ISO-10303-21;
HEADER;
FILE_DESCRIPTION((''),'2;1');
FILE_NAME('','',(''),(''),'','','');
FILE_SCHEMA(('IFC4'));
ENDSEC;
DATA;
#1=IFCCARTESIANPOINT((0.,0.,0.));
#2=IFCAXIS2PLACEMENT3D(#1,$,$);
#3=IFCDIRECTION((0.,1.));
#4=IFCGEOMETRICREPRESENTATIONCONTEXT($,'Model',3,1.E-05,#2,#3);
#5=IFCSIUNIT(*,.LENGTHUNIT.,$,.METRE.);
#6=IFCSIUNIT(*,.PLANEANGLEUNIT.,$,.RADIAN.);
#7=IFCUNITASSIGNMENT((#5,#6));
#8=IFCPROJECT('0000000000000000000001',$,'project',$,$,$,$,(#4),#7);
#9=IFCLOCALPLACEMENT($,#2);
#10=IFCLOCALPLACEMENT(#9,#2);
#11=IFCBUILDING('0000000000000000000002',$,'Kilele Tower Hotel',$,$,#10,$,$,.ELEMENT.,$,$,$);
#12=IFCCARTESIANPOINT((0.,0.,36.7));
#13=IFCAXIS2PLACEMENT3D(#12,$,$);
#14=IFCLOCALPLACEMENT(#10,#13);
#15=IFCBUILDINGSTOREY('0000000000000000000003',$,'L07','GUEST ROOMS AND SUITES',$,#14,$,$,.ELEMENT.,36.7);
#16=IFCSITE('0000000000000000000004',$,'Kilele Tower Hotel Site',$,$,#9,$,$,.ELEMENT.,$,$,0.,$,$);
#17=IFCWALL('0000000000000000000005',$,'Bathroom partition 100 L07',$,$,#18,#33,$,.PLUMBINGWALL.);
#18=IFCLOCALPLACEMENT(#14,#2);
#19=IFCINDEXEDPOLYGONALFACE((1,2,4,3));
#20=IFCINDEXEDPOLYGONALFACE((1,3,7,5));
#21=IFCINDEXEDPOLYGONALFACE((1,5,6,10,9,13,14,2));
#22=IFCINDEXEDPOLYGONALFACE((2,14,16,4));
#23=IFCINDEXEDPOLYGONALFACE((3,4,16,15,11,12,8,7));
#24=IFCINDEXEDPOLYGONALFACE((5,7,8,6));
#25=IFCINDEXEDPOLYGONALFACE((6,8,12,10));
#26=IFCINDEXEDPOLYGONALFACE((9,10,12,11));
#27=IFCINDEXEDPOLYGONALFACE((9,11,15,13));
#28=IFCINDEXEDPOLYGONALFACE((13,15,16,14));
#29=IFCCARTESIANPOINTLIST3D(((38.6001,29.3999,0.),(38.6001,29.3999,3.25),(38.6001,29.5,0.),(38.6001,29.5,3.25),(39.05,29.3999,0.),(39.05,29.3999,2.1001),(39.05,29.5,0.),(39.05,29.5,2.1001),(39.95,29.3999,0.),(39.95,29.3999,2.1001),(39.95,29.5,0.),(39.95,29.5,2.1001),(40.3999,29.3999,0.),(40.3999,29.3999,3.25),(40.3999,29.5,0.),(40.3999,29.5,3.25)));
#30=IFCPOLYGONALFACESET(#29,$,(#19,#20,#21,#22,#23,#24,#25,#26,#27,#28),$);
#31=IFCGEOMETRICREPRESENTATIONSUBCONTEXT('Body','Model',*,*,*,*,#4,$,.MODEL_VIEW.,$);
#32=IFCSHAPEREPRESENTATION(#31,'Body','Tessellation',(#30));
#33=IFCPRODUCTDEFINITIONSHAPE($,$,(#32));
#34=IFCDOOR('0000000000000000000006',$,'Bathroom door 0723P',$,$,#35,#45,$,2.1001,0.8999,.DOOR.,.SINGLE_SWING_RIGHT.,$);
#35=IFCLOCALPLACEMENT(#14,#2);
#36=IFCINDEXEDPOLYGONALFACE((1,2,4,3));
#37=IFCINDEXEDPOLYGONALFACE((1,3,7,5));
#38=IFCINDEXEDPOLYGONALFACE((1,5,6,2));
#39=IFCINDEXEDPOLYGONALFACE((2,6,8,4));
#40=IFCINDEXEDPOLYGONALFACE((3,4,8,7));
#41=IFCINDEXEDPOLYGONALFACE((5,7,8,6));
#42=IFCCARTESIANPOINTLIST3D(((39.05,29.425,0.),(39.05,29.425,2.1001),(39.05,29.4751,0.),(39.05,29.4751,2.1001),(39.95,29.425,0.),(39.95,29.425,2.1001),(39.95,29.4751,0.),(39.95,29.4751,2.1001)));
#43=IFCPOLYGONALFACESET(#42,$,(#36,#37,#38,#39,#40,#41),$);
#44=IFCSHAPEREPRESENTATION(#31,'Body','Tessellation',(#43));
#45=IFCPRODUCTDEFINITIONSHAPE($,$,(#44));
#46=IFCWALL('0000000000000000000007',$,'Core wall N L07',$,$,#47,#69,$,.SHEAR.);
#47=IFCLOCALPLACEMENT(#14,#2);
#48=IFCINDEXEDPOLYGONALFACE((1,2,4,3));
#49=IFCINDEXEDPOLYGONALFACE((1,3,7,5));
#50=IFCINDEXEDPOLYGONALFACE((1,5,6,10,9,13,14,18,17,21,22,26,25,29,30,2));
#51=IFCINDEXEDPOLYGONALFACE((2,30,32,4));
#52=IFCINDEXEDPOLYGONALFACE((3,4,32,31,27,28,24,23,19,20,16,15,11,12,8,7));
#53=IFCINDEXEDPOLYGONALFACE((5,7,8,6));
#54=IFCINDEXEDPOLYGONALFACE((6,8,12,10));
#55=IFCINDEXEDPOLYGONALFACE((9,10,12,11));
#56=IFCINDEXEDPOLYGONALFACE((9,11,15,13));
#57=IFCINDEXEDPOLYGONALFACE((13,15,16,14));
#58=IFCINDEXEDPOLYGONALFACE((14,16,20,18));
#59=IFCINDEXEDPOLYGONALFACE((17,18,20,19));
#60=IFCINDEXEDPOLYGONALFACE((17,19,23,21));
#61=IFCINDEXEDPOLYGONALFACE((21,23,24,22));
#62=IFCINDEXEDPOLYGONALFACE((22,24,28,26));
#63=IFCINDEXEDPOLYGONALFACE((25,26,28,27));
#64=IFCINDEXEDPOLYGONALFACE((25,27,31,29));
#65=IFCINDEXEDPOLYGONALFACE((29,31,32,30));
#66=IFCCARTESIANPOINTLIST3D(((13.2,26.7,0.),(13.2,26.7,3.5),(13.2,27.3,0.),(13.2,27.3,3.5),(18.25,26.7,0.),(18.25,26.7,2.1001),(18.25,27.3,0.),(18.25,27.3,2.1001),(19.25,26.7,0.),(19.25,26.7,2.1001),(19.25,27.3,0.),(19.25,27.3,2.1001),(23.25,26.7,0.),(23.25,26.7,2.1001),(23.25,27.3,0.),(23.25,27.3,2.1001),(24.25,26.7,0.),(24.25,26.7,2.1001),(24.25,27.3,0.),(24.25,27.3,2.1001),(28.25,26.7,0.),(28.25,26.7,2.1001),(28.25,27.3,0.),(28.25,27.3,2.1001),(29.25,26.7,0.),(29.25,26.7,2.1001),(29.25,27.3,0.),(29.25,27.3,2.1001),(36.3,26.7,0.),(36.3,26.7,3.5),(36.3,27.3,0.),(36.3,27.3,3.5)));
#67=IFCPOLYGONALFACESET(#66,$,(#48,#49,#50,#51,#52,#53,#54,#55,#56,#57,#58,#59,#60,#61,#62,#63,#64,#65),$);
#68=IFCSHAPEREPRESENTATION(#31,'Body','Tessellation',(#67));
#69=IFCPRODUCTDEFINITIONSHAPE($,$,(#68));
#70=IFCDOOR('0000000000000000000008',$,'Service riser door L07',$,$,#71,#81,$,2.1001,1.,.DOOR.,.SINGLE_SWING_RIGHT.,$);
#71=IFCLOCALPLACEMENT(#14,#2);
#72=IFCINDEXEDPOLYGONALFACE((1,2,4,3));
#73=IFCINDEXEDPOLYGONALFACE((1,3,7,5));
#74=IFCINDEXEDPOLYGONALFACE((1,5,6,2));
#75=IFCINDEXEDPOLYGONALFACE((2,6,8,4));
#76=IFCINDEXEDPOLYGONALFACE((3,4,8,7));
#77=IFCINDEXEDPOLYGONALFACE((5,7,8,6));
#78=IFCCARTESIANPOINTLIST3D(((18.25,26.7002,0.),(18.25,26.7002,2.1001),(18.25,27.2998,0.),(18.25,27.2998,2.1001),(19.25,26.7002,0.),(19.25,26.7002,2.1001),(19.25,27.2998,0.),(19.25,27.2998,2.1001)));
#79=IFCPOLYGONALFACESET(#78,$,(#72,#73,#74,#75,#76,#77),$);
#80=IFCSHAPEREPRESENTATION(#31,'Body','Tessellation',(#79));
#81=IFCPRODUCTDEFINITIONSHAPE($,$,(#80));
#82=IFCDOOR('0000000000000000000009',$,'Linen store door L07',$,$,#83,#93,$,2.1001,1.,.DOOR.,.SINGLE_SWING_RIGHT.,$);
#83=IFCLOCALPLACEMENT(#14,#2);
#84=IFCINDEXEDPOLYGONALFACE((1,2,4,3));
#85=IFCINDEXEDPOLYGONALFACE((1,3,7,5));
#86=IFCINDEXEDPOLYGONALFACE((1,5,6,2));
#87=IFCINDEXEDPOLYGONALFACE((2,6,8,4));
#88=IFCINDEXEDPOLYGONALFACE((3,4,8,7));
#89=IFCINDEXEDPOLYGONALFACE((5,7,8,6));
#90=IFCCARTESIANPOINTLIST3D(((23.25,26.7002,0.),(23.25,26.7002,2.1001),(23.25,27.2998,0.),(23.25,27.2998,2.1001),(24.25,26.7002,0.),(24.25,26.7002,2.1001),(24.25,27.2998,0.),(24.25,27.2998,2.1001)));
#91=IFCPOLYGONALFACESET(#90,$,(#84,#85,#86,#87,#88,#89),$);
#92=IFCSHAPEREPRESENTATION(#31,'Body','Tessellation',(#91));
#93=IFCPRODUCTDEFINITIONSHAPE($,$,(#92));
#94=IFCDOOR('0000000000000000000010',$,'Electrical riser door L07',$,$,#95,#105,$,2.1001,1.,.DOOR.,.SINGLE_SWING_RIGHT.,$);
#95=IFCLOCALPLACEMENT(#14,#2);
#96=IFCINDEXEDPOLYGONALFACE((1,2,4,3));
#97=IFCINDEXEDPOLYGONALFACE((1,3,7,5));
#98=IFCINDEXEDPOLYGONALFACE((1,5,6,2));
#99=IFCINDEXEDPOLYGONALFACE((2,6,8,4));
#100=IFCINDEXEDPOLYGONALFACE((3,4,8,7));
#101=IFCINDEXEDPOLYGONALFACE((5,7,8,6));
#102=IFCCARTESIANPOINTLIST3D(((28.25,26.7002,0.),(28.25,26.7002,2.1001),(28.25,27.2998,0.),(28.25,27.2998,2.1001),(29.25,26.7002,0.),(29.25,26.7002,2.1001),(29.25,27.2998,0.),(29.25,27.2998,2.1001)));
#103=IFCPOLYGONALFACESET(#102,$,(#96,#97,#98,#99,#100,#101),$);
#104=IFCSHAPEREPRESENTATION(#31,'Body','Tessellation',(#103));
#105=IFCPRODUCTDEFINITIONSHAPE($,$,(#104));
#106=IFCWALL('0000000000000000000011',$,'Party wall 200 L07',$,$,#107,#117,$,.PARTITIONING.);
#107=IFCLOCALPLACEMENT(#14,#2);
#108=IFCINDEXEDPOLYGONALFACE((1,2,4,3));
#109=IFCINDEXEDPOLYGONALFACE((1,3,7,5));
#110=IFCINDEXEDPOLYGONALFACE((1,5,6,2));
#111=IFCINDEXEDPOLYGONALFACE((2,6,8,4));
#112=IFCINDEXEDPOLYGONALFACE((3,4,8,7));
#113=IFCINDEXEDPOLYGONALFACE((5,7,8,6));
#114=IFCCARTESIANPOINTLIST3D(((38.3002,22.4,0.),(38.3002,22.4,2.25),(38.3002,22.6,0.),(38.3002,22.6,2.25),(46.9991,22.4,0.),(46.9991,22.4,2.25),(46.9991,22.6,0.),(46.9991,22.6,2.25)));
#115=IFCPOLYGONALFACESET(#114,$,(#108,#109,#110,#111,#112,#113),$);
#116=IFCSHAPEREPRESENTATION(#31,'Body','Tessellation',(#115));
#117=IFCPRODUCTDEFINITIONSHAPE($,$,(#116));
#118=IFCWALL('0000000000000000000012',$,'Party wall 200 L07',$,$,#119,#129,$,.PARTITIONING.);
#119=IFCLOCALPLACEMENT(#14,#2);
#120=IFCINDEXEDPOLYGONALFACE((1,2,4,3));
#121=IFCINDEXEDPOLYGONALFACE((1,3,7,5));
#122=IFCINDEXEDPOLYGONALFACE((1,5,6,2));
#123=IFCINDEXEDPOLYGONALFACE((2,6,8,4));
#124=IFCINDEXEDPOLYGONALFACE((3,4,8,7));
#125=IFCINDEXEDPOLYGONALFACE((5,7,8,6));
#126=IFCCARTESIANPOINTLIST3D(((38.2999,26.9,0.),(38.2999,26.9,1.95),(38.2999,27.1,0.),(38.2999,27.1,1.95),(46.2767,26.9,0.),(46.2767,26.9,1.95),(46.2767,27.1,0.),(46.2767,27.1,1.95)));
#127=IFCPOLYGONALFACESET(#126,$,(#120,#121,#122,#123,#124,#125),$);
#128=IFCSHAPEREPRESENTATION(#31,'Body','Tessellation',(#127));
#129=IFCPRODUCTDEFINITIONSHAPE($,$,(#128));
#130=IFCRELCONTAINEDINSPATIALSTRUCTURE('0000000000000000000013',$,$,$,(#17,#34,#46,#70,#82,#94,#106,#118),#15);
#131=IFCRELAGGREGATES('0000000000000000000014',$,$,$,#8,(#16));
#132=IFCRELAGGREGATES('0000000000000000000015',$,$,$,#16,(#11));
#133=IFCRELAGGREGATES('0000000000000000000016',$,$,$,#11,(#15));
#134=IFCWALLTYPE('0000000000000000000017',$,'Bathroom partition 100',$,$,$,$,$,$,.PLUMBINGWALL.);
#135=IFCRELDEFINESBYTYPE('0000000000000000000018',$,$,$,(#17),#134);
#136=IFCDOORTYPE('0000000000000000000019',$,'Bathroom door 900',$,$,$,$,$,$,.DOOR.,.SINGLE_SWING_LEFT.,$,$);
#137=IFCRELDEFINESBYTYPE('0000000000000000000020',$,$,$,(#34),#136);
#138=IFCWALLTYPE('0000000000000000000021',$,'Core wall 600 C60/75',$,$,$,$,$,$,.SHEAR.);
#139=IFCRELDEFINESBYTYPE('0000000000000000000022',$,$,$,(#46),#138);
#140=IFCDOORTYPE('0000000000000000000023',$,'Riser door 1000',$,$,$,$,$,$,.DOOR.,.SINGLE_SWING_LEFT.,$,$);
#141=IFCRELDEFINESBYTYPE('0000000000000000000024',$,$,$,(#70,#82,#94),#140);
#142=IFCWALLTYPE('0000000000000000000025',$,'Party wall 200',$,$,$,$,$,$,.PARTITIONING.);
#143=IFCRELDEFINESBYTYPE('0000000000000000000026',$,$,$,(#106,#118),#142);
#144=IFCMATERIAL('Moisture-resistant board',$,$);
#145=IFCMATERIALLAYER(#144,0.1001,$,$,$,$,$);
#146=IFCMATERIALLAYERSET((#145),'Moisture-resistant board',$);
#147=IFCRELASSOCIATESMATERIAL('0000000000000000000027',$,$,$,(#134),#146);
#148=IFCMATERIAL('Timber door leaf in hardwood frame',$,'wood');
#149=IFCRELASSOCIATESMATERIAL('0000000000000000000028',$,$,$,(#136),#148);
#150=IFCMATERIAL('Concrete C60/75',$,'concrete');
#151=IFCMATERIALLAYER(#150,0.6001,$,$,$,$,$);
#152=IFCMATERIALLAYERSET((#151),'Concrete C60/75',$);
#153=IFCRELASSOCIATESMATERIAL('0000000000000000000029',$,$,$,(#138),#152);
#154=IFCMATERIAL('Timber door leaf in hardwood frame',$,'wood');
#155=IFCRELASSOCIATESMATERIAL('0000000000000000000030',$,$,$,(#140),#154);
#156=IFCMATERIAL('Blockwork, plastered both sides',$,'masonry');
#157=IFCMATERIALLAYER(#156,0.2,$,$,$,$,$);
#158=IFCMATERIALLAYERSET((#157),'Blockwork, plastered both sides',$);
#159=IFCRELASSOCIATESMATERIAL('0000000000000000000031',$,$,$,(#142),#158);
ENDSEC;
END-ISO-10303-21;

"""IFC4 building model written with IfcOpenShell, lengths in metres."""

from ifc_helpers import new_model, si_unit, direction, frame, frame_2d, origin, place, context, subcontext, project, spatial, rectangle, extrude, material, layer, layer_set, type_object, element, fill, save


model = new_model("IFC4")

# Units and contexts
model_context = context("Model", 3, precision=1e-05, world=origin(), true_north=direction((0.0, 1.0)))
body_context = subcontext(model_context, "Body", "Model", "MODEL_VIEW")
ifc_project = project(units=[si_unit("LENGTHUNIT", "METRE"), si_unit("PLANEANGLEUNIT", "RADIAN")], contexts=[model_context])

# Site, building, storey
site_placement = place(None, origin())
site = spatial("IfcSite", under=ifc_project, at=site_placement, Name="Kilele Tower Hotel Site", CompositionType="ELEMENT", RefElevation=0.0)
building_placement = place(site_placement, origin())
building = spatial("IfcBuilding", under=site, at=building_placement, Name="Kilele Tower Hotel", CompositionType="ELEMENT")
storey_placement = place(building_placement, frame((0.0, 0.0, 36.7)))
storey = spatial("IfcBuildingStorey", under=building, at=storey_placement, Name="L07", Description="GUEST ROOMS AND SUITES", CompositionType="ELEMENT", Elevation=36.7)

# Shared definitions
ifc_material_1 = material(Name="Moisture-resistant board")
ifc_layer_1 = layer(ifc_material_1, 0.1001)
ifc_layer_set_1 = layer_set([ifc_layer_1], Name="Moisture-resistant board")
wall_type_1 = type_object("IfcWallType", Name="Bathroom partition 100", PredefinedType="PLUMBINGWALL", material=ifc_layer_set_1)
ifc_material_2 = material(Name="Timber door leaf in hardwood frame", Category="wood")
door_type_1 = type_object("IfcDoorType", Name="Bathroom door 900", OperationType="SINGLE_SWING_LEFT", PredefinedType="DOOR", material=ifc_material_2)

# Wall, opening, door
wall_1_placement = place(storey_placement, frame((38.6001, 29.45, 0.0), z_axis=(0.0, 0.0, 1.0), x_axis=(1.0, 0.0, 0.0)))
wall_1 = element("IfcWall", 1, at=wall_1_placement, inside=storey, type_object=wall_type_1, Name="Bathroom partition 100 L07", PredefinedType="PLUMBINGWALL", context=body_context, shape_type="SweptSolid", body=[
    extrude(rectangle(XDim=1.7998, YDim=0.1001, at=frame_2d((0.8999, 0.0))), origin(), (0.0, 0.0, 1.0), 3.25),
])
opening_1_placement = place(wall_1_placement, frame((1.3499, 0.0, 0.0), z_axis=(0.0, 0.0, 1.0), x_axis=(-1.0, 0.0, 0.0)))
opening_1 = element("IfcOpeningElement", 2, at=opening_1_placement, cuts=wall_1, PredefinedType="OPENING", context=body_context, shape_type="SweptSolid", body=[
    extrude(rectangle(XDim=0.8999, YDim=2.1001, at=frame_2d((0.45, 1.05))), frame((0.0, 0.0601, 0.0), z_axis=(0.0, -1.0, 0.0), x_axis=(1.0, 0.0, 0.0)), (0.0, 0.0, 1.0), 0.1201),
])
door_1_placement = place(opening_1_placement, origin())
door_1 = element("IfcDoor", 3, at=door_1_placement, inside=storey, type_object=door_type_1, Name="Bathroom door 0723P", OperationType="SINGLE_SWING_RIGHT", OverallHeight=2.1001, OverallWidth=0.8999, PredefinedType="DOOR", context=body_context, shape_type="SweptSolid", body=[
    extrude(rectangle(XDim=0.8999, YDim=2.1001, at=frame_2d((0.45, 1.05))), frame((0.0, 0.0249, 0.0), z_axis=(0.0, -1.0, 0.0), x_axis=(1.0, 0.0, 0.0)), (0.0, 0.0, 1.0), 0.05),
])
fill(opening_1, door_1)

# Wall, openings, doors
ifc_material_3 = material(Name="Concrete C60/75", Category="concrete")
ifc_layer_2 = layer(ifc_material_3, 0.6001)
ifc_layer_set_2 = layer_set([ifc_layer_2], Name="Concrete C60/75")
wall_type_2 = type_object("IfcWallType", Name="Core wall 600 C60/75", PredefinedType="SHEAR", material=ifc_layer_set_2)
wall_2_placement = place(storey_placement, frame((36.3, 27.0, 0.0), z_axis=(0.0, 0.0, 1.0), x_axis=(-1.0, 0.0, 0.0)))
wall_2 = element("IfcWall", 4, at=wall_2_placement, inside=storey, type_object=wall_type_2, Name="Core wall N L07", PredefinedType="SHEAR", context=body_context, shape_type="SweptSolid", body=[
    extrude(rectangle(XDim=23.1001, YDim=0.6001, at=frame_2d((11.55, 0.0))), origin(), (0.0, 0.0, 1.0), 3.5),
])
opening_2_placement = place(wall_2_placement, frame((17.05, 0.0, 0.0)))
opening_2 = element("IfcOpeningElement", 5, at=opening_2_placement, cuts=wall_2, PredefinedType="OPENING", context=body_context, shape_type="SweptSolid", body=[
    extrude(rectangle(XDim=1.0, YDim=2.1001, at=frame_2d((0.5, 1.05))), frame((0.0, 0.3101, 0.0), z_axis=(0.0, -1.0, 0.0), x_axis=(1.0, 0.0, 0.0)), (0.0, 0.0, 1.0), 0.6201),
])
opening_3_placement = place(wall_2_placement, frame((12.05, 0.0, 0.0)))
opening_3 = element("IfcOpeningElement", 6, at=opening_3_placement, cuts=wall_2, PredefinedType="OPENING", context=body_context, shape_type="SweptSolid", body=[
    extrude(rectangle(XDim=1.0, YDim=2.1001, at=frame_2d((0.5, 1.05))), frame((0.0, 0.3101, 0.0), z_axis=(0.0, -1.0, 0.0), x_axis=(1.0, 0.0, 0.0)), (0.0, 0.0, 1.0), 0.6201),
])
opening_4_placement = place(wall_2_placement, frame((7.05, 0.0, 0.0)))
opening_4 = element("IfcOpeningElement", 7, at=opening_4_placement, cuts=wall_2, PredefinedType="OPENING", context=body_context, shape_type="SweptSolid", body=[
    extrude(rectangle(XDim=1.0, YDim=2.1001, at=frame_2d((0.5, 1.05))), frame((0.0, 0.3101, 0.0), z_axis=(0.0, -1.0, 0.0), x_axis=(1.0, 0.0, 0.0)), (0.0, 0.0, 1.0), 0.6201),
])
ifc_material_4 = material(Name="Timber door leaf in hardwood frame", Category="wood")
door_type_2 = type_object("IfcDoorType", Name="Riser door 1000", OperationType="SINGLE_SWING_LEFT", PredefinedType="DOOR", material=ifc_material_4)
door_2_placement = place(opening_2_placement, origin())
door_2 = element("IfcDoor", 8, at=door_2_placement, inside=storey, type_object=door_type_2, Name="Service riser door L07", OperationType="SINGLE_SWING_RIGHT", OverallHeight=2.1001, OverallWidth=1.0, PredefinedType="DOOR", context=body_context, shape_type="SweptSolid", body=[
    extrude(rectangle(XDim=1.0, YDim=2.1001, at=frame_2d((0.5, 1.05))), frame((0.0, 0.2998, 0.0), z_axis=(0.0, -1.0, 0.0), x_axis=(1.0, 0.0, 0.0)), (0.0, 0.0, 1.0), 0.5996),
])
fill(opening_2, door_2)
door_3_placement = place(opening_3_placement, origin())
door_3 = element("IfcDoor", 9, at=door_3_placement, inside=storey, type_object=door_type_2, Name="Linen store door L07", OperationType="SINGLE_SWING_RIGHT", OverallHeight=2.1001, OverallWidth=1.0, PredefinedType="DOOR", context=body_context, shape_type="SweptSolid", body=[
    extrude(rectangle(XDim=1.0, YDim=2.1001, at=frame_2d((0.5, 1.05))), frame((0.0, 0.2998, 0.0), z_axis=(0.0, -1.0, 0.0), x_axis=(1.0, 0.0, 0.0)), (0.0, 0.0, 1.0), 0.5996),
])
fill(opening_3, door_3)
door_4_placement = place(opening_4_placement, origin())
door_4 = element("IfcDoor", 10, at=door_4_placement, inside=storey, type_object=door_type_2, Name="Electrical riser door L07", OperationType="SINGLE_SWING_RIGHT", OverallHeight=2.1001, OverallWidth=1.0, PredefinedType="DOOR", context=body_context, shape_type="SweptSolid", body=[
    extrude(rectangle(XDim=1.0, YDim=2.1001, at=frame_2d((0.5, 1.05))), frame((0.0, 0.2998, 0.0), z_axis=(0.0, -1.0, 0.0), x_axis=(1.0, 0.0, 0.0)), (0.0, 0.0, 1.0), 0.5996),
])
fill(opening_4, door_4)

# Walls
ifc_material_5 = material(Name="Blockwork, plastered both sides", Category="masonry")
ifc_layer_3 = layer(ifc_material_5, 0.2)
ifc_layer_set_3 = layer_set([ifc_layer_3], Name="Blockwork, plastered both sides")
wall_type_3 = type_object("IfcWallType", Name="Party wall 200", PredefinedType="PARTITIONING", material=ifc_layer_set_3)
wall_3_placement = place(storey_placement, frame((38.3, 22.5, 0.0), z_axis=(0.0, 0.0, 1.0), x_axis=(1.0, 0.0, 0.0)))
element("IfcWall", 11, at=wall_3_placement, inside=storey, type_object=wall_type_3, Name="Party wall 200 L07", PredefinedType="PARTITIONING", context=body_context, shape_type="SweptSolid", body=[
    extrude(rectangle(XDim=8.699, YDim=0.2, at=frame_2d((4.3496, 0.0))), origin(), (0.0, 0.0, 1.0), 2.25),
])
wall_4_placement = place(storey_placement, frame((38.3, 27.0, 0.0), z_axis=(0.0, 0.0, 1.0), x_axis=(1.0, 0.0, 0.0)))
element("IfcWall", 12, at=wall_4_placement, inside=storey, type_object=wall_type_3, Name="Party wall 200 L07", PredefinedType="PARTITIONING", context=body_context, shape_type="SweptSolid", body=[
    extrude(rectangle(XDim=7.9768, YDim=0.2, at=frame_2d((3.9883, 0.0))), origin(), (0.0, 0.0, 1.0), 1.95),
])

save(model, "model.ifc")
